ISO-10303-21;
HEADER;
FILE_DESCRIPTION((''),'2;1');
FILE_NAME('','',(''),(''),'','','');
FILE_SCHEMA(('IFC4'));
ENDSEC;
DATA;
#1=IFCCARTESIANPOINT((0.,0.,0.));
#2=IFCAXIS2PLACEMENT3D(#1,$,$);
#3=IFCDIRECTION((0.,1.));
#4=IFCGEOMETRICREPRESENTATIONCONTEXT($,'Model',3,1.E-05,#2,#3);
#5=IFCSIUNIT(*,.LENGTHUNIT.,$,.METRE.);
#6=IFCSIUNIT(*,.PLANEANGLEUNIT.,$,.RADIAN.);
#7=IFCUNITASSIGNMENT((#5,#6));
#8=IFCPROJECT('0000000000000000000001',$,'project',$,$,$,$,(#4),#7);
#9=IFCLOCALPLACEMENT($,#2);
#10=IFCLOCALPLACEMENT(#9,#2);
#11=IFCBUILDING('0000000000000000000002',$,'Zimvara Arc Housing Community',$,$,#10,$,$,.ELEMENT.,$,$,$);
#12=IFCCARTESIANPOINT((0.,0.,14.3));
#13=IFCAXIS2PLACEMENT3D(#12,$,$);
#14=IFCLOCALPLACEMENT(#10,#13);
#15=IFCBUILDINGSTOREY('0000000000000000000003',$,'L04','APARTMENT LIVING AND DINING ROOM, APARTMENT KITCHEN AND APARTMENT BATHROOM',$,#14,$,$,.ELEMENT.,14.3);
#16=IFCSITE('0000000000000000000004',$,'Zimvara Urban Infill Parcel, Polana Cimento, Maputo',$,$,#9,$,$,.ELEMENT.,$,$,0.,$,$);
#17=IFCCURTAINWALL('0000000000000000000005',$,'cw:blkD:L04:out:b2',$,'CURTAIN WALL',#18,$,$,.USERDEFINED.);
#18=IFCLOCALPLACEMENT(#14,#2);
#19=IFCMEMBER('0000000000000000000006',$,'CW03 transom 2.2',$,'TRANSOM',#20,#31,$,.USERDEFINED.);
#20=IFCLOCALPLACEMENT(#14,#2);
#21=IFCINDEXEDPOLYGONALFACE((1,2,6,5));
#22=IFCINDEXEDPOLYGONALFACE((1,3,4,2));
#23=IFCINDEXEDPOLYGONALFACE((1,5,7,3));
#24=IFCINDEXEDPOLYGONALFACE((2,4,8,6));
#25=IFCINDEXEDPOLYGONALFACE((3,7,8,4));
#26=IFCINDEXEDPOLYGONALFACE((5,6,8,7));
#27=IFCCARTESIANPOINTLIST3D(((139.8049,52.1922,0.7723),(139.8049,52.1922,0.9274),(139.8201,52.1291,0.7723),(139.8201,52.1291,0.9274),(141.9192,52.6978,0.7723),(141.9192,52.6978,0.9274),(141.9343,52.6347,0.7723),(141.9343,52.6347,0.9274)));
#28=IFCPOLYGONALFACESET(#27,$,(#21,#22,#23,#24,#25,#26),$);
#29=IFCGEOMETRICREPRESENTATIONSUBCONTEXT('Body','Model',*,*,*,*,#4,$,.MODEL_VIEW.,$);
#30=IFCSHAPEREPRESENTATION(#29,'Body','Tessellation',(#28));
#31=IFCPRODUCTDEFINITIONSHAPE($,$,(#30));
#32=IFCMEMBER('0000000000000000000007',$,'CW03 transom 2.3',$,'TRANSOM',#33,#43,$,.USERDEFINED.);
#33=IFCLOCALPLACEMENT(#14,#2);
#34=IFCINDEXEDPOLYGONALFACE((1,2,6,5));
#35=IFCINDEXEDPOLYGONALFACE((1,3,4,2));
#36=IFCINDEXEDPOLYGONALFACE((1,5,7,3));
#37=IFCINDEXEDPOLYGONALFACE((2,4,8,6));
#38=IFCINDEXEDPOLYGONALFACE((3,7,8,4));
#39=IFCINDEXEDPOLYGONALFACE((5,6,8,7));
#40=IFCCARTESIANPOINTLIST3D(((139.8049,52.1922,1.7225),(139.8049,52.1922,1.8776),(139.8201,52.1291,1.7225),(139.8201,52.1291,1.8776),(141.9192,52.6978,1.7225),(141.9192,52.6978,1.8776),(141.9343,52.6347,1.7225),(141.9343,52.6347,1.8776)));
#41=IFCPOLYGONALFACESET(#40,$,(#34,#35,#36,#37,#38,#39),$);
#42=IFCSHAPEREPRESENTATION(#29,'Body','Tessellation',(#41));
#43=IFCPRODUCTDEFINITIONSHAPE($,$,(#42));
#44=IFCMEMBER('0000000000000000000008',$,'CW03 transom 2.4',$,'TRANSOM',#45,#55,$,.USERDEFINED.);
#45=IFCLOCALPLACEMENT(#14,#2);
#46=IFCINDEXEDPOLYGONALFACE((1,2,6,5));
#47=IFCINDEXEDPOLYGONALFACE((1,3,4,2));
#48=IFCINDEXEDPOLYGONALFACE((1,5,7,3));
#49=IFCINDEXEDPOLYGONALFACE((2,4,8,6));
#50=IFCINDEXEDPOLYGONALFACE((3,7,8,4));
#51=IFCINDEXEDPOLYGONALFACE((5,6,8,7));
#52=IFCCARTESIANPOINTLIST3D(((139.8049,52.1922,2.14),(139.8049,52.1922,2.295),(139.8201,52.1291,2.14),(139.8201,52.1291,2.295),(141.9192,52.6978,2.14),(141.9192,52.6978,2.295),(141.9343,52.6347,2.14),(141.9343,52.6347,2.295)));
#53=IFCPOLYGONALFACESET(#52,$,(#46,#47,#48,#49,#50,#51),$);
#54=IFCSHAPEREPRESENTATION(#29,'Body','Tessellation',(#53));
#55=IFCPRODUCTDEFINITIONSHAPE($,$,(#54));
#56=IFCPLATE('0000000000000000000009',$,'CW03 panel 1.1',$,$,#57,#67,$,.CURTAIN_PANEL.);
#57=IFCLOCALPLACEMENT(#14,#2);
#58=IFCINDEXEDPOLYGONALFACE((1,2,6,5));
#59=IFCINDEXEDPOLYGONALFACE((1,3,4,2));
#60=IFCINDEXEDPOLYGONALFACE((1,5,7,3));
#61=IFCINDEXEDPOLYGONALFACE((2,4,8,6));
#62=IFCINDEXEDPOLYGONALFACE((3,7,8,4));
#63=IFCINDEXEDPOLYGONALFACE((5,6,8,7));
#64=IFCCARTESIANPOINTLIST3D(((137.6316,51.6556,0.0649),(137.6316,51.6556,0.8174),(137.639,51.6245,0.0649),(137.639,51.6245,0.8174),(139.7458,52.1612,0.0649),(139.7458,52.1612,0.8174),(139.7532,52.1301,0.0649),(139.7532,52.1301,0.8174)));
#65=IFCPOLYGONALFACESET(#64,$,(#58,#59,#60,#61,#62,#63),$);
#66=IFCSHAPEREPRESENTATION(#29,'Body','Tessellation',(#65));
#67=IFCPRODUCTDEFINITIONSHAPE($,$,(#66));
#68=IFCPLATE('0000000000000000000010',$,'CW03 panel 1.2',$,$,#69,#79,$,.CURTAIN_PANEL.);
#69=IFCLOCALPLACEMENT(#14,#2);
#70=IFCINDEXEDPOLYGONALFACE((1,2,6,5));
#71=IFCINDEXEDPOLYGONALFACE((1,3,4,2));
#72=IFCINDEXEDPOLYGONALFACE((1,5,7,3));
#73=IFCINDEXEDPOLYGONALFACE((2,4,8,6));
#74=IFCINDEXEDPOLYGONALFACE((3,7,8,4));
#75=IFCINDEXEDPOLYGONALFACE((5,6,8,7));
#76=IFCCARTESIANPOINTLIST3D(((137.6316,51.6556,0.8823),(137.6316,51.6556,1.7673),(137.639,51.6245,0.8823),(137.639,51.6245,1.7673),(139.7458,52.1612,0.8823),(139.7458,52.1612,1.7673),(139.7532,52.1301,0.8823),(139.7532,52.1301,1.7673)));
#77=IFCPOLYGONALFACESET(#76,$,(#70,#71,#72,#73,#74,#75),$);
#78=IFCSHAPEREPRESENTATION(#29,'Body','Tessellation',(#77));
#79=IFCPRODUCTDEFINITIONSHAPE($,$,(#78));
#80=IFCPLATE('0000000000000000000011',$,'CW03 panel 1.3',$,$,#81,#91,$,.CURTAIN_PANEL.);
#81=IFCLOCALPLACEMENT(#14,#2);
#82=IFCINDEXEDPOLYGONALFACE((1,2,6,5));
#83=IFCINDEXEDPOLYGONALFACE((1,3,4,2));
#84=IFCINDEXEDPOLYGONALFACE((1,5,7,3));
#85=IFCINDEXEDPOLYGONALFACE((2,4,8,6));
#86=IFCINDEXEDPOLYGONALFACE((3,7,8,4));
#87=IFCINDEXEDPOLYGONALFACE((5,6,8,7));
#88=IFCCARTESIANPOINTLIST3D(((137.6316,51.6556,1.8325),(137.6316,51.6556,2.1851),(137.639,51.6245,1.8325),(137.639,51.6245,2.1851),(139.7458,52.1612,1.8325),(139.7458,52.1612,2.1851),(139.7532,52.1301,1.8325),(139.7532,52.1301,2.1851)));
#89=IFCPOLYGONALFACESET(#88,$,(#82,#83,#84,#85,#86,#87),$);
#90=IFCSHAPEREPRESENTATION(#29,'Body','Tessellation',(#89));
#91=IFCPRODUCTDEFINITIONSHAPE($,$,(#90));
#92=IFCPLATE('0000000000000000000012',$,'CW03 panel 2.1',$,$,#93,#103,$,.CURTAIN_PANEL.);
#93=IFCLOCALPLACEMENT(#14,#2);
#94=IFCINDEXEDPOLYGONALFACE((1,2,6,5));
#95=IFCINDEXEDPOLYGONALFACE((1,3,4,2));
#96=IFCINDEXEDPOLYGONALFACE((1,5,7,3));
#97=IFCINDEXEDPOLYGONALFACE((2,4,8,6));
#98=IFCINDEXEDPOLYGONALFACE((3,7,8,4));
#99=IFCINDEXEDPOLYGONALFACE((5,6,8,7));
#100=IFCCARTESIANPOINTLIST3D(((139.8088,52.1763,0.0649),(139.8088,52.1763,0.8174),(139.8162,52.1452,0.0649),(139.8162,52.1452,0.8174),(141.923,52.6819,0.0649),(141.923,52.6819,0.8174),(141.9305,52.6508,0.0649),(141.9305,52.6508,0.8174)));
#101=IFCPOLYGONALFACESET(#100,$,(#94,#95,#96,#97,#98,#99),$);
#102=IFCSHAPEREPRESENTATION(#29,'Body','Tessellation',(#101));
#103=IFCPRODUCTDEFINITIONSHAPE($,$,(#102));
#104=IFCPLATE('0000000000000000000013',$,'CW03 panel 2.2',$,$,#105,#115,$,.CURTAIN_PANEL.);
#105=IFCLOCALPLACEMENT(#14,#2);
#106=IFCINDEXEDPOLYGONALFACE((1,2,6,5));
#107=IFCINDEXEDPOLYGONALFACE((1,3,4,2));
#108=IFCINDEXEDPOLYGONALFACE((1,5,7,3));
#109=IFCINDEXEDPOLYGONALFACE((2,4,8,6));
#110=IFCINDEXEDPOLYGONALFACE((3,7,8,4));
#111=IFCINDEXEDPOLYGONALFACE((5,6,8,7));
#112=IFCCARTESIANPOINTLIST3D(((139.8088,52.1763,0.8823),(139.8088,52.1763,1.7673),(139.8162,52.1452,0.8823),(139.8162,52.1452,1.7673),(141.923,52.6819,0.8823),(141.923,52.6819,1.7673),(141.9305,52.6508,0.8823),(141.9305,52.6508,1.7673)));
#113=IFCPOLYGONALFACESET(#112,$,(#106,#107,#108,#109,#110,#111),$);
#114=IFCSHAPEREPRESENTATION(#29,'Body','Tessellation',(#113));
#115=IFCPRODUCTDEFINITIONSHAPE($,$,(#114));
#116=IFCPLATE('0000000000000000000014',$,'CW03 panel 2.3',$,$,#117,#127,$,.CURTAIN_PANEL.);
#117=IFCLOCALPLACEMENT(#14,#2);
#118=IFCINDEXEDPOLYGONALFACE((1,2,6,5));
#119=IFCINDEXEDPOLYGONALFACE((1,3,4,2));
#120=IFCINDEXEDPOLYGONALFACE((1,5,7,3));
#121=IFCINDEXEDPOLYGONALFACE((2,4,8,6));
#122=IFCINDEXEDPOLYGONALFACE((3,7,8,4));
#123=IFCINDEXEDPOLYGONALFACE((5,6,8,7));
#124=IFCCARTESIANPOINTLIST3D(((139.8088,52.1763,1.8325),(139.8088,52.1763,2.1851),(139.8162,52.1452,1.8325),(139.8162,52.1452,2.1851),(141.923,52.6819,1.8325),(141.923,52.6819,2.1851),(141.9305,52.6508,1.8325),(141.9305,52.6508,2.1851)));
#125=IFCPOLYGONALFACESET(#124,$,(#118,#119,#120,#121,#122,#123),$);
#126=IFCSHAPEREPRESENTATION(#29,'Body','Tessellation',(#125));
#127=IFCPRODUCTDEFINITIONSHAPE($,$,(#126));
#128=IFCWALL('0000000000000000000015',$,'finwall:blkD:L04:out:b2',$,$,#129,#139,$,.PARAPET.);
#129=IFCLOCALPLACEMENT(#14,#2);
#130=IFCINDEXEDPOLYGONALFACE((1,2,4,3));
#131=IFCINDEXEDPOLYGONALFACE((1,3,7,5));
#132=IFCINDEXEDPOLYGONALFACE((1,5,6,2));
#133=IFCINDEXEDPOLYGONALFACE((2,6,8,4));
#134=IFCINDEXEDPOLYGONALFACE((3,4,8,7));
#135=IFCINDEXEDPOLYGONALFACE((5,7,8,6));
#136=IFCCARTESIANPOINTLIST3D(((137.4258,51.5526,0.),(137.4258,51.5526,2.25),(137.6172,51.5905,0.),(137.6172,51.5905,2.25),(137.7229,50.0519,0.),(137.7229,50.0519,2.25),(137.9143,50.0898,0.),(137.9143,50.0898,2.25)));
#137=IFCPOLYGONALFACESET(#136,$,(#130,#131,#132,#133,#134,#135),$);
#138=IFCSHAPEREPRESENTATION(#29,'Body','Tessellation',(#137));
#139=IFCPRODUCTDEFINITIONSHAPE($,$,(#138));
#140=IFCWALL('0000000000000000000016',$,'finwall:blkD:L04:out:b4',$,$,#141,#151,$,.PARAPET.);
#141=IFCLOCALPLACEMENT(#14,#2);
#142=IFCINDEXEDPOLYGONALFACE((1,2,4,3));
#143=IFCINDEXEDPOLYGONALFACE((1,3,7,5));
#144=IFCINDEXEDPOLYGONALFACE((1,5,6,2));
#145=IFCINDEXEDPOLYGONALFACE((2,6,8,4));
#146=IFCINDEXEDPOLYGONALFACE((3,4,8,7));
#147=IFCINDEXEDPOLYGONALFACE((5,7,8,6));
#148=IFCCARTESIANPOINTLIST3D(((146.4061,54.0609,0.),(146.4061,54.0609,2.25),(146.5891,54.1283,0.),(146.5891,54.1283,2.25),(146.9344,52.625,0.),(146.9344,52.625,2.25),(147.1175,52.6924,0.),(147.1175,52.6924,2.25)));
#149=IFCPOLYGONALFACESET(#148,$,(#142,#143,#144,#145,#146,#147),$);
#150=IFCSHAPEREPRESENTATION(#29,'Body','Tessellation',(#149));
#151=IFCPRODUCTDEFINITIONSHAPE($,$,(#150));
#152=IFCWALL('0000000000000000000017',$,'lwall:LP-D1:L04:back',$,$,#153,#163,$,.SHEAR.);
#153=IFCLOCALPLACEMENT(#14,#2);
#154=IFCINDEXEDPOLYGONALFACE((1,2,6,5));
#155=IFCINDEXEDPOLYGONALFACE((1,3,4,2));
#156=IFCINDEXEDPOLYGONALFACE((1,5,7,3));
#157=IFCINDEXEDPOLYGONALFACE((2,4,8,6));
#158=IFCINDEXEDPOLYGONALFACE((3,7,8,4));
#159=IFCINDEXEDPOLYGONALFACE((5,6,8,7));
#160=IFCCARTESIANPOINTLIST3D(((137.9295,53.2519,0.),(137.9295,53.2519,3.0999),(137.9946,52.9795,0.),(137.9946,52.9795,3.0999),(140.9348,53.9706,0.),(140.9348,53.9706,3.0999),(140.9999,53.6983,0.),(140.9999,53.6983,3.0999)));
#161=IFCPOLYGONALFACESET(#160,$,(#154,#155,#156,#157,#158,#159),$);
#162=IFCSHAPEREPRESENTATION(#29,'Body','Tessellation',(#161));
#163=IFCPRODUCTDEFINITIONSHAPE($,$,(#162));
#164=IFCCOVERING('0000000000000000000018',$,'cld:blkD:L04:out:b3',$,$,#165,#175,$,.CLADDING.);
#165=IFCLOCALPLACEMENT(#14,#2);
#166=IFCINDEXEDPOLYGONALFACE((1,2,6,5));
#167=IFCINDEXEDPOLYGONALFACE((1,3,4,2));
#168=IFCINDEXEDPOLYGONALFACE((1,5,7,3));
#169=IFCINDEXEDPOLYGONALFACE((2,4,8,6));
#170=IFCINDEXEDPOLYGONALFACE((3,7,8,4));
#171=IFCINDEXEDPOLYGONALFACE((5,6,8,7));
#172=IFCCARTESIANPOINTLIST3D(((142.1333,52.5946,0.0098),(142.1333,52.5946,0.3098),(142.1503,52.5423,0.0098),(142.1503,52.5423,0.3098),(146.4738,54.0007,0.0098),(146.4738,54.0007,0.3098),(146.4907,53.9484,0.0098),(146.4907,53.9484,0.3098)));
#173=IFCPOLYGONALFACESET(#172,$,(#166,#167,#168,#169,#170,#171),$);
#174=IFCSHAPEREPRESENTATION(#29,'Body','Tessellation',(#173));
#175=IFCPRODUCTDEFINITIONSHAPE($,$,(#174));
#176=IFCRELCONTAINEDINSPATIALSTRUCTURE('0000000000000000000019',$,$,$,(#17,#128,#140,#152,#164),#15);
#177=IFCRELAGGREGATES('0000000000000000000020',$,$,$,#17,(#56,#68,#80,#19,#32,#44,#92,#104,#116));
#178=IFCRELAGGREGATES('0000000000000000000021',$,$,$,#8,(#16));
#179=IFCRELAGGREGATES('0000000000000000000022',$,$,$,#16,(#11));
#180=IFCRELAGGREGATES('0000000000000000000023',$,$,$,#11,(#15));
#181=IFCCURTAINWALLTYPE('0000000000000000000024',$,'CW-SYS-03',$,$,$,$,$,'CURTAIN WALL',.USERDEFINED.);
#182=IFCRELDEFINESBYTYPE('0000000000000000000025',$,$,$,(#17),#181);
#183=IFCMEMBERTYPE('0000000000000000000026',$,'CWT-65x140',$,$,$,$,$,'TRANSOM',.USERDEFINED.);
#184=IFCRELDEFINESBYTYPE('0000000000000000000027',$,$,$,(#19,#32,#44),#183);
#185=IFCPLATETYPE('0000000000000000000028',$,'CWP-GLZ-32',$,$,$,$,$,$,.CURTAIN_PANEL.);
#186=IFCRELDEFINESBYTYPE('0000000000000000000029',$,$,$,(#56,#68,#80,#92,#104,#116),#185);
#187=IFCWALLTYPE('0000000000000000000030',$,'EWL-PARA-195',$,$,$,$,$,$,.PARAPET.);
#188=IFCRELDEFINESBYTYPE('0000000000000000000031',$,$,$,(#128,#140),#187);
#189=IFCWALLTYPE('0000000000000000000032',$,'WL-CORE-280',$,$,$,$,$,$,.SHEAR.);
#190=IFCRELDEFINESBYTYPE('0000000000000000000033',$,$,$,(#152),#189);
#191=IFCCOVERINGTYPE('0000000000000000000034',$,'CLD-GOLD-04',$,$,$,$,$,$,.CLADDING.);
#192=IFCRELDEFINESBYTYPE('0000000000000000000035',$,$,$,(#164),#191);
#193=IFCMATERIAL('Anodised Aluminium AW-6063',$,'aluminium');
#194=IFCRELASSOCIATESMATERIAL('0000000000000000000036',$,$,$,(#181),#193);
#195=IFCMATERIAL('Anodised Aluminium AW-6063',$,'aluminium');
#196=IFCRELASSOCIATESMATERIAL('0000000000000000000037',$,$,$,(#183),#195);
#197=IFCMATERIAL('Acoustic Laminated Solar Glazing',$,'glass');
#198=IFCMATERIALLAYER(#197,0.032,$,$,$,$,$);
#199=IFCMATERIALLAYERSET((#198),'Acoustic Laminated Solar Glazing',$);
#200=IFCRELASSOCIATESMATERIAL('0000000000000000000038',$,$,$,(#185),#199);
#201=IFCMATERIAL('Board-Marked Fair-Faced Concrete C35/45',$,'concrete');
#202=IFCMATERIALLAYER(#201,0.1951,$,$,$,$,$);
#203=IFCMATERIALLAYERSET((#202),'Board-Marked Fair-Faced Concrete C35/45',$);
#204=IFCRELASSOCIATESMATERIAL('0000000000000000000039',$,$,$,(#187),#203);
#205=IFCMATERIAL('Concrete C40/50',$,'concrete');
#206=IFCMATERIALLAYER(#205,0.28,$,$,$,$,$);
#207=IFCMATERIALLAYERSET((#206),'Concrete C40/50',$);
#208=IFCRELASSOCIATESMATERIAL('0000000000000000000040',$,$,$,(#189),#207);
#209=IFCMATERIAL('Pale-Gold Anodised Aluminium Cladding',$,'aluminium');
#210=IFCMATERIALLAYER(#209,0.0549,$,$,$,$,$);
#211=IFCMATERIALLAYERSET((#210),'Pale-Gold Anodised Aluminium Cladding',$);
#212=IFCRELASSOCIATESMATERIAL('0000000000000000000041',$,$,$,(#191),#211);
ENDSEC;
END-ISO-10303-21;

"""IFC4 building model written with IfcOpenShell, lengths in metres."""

from ifc_helpers import new_model, si_unit, direction, frame, frame_2d, origin, origin_2d, place, context, subcontext, project, spatial, rectangle, extrude, material, layer, layer_set, material_profile, profile_set, type_object, element, aggregate, save


model = new_model("IFC4")

# Units and contexts
model_context = context("Model", 3, precision=1e-05, world=origin(), true_north=direction((0.0, 1.0)))
body_context = subcontext(model_context, "Body", "Model", "MODEL_VIEW")
ifc_project = project(units=[si_unit("LENGTHUNIT", "METRE"), si_unit("PLANEANGLEUNIT", "RADIAN")], contexts=[model_context])

# Site, building, storey
site_placement = place(None, origin())
site = spatial("IfcSite", under=ifc_project, at=site_placement, Name="Zimvara Urban Infill Parcel, Polana Cimento, Maputo", CompositionType="ELEMENT", RefElevation=0.0)
building_placement = place(site_placement, origin())
building = spatial("IfcBuilding", under=site, at=building_placement, Name="Zimvara Arc Housing Community", CompositionType="ELEMENT")
storey_placement = place(building_placement, frame((0.0, 0.0, 14.3)))
storey = spatial("IfcBuildingStorey", under=building, at=storey_placement, Name="L04", Description="APARTMENT LIVING AND DINING ROOM, APARTMENT KITCHEN AND APARTMENT BATHROOM", CompositionType="ELEMENT", Elevation=14.3)

# Curtain wall, members, plates
ifc_material_1 = material(Name="Anodised Aluminium AW-6063", Category="aluminium")
curtain_wall_type = type_object("IfcCurtainWallType", Name="CW-SYS-03", ElementType="CURTAIN WALL", PredefinedType="USERDEFINED", material=ifc_material_1)
curtain_wall_placement = place(storey_placement, origin())
curtain_wall = element("IfcCurtainWall", 1, at=curtain_wall_placement, inside=storey, type_object=curtain_wall_type, Name="cw:blkD:L04:out:b2", ObjectType="CURTAIN WALL", PredefinedType="USERDEFINED")
ifc_material_2 = material(Name="Anodised Aluminium AW-6063", Category="aluminium")
ifc_material_profile_1 = material_profile(ifc_material_2, rectangle(XDim=0.0649, YDim=0.155, at=origin_2d()), Name="ALU 65x155")
ifc_profile_set_1 = profile_set([ifc_material_profile_1], Name="Anodised Aluminium AW-6063")
member_type_1 = type_object("IfcMemberType", Name="CWT-65x140", ElementType="TRANSOM", PredefinedType="USERDEFINED", material=ifc_profile_set_1)
member_1_placement = place(storey_placement, frame((139.8125, 52.1606, 0.8499), z_axis=(0.972576, 0.232587, 0.0), x_axis=(-0.232587, 0.972576, 0.0)))
member_1 = element("IfcMember", 2, at=member_1_placement, type_object=member_type_1, Name="CW03 transom 2.2", ObjectType="TRANSOM", PredefinedType="USERDEFINED", context=body_context, shape_type="SweptSolid", body=[
    extrude(rectangle(XDim=0.0649, YDim=0.155, at=origin_2d()), origin(), (0.0, 0.0, 1.0), 2.1738),
])
member_2_placement = place(storey_placement, frame((139.8125, 52.1606, 1.8), z_axis=(0.972576, 0.232587, 0.0), x_axis=(-0.232587, 0.972576, 0.0)))
member_2 = element("IfcMember", 3, at=member_2_placement, type_object=member_type_1, Name="CW03 transom 2.3", ObjectType="TRANSOM", PredefinedType="USERDEFINED", context=body_context, shape_type="SweptSolid", body=[
    extrude(rectangle(XDim=0.0649, YDim=0.155, at=origin_2d()), origin(), (0.0, 0.0, 1.0), 2.1738),
])
member_3_placement = place(storey_placement, frame((139.8125, 52.1606, 2.2175), z_axis=(0.972576, 0.232587, 0.0), x_axis=(-0.232587, 0.972576, 0.0)))
member_3 = element("IfcMember", 4, at=member_3_placement, type_object=member_type_1, Name="CW03 transom 2.4", ObjectType="TRANSOM", PredefinedType="USERDEFINED", context=body_context, shape_type="SweptSolid", body=[
    extrude(rectangle(XDim=0.0649, YDim=0.155, at=origin_2d()), origin(), (0.0, 0.0, 1.0), 2.1738),
])
ifc_material_3 = material(Name="Acoustic Laminated Solar Glazing", Category="glass")
ifc_layer_1 = layer(ifc_material_3, 0.032)
ifc_layer_set_1 = layer_set([ifc_layer_1], Name="Acoustic Laminated Solar Glazing")
plate_type = type_object("IfcPlateType", Name="CWP-GLZ-32", PredefinedType="CURTAIN_PANEL", material=ifc_layer_set_1)
plate_1_placement = place(storey_placement, frame((138.6924, 51.8928, 0.0649), z_axis=(0.0, 0.0, 1.0), x_axis=(0.972573, 0.232597, 0.0)))
plate_1 = element("IfcPlate", 5, at=plate_1_placement, type_object=plate_type, Name="CW03 panel 1.1", PredefinedType="CURTAIN_PANEL", context=body_context, shape_type="SweptSolid", body=[
    extrude(rectangle(XDim=2.1738, YDim=0.032, at=origin_2d()), origin(), (0.0, 0.0, 1.0), 0.7524),
])
plate_2_placement = place(storey_placement, frame((138.6924, 51.8928, 0.8823), z_axis=(0.0, 0.0, 1.0), x_axis=(0.972573, 0.232597, 0.0)))
plate_2 = element("IfcPlate", 6, at=plate_2_placement, type_object=plate_type, Name="CW03 panel 1.2", PredefinedType="CURTAIN_PANEL", context=body_context, shape_type="SweptSolid", body=[
    extrude(rectangle(XDim=2.1738, YDim=0.032, at=origin_2d()), origin(), (0.0, 0.0, 1.0), 0.885),
])
plate_3_placement = place(storey_placement, frame((138.6924, 51.8928, 1.8325), z_axis=(0.0, 0.0, 1.0), x_axis=(0.972573, 0.232597, 0.0)))
plate_3 = element("IfcPlate", 7, at=plate_3_placement, type_object=plate_type, Name="CW03 panel 1.3", PredefinedType="CURTAIN_PANEL", context=body_context, shape_type="SweptSolid", body=[
    extrude(rectangle(XDim=2.1738, YDim=0.032, at=origin_2d()), origin(), (0.0, 0.0, 1.0), 0.3525),
])
plate_4_placement = place(storey_placement, frame((140.8696, 52.4136, 0.0649), z_axis=(0.0, 0.0, 1.0), x_axis=(0.972573, 0.232597, 0.0)))
plate_4 = element("IfcPlate", 8, at=plate_4_placement, type_object=plate_type, Name="CW03 panel 2.1", PredefinedType="CURTAIN_PANEL", context=body_context, shape_type="SweptSolid", body=[
    extrude(rectangle(XDim=2.1738, YDim=0.032, at=origin_2d()), origin(), (0.0, 0.0, 1.0), 0.7524),
])
plate_5_placement = place(storey_placement, frame((140.8696, 52.4136, 0.8823), z_axis=(0.0, 0.0, 1.0), x_axis=(0.972573, 0.232597, 0.0)))
plate_5 = element("IfcPlate", 9, at=plate_5_placement, type_object=plate_type, Name="CW03 panel 2.2", PredefinedType="CURTAIN_PANEL", context=body_context, shape_type="SweptSolid", body=[
    extrude(rectangle(XDim=2.1738, YDim=0.032, at=origin_2d()), origin(), (0.0, 0.0, 1.0), 0.885),
])
plate_6_placement = place(storey_placement, frame((140.8696, 52.4136, 1.8325), z_axis=(0.0, 0.0, 1.0), x_axis=(0.972573, 0.232597, 0.0)))
plate_6 = element("IfcPlate", 10, at=plate_6_placement, type_object=plate_type, Name="CW03 panel 2.3", PredefinedType="CURTAIN_PANEL", context=body_context, shape_type="SweptSolid", body=[
    extrude(rectangle(XDim=2.1738, YDim=0.032, at=origin_2d()), origin(), (0.0, 0.0, 1.0), 0.3525),
])
aggregate(curtain_wall, [plate_1, plate_2, plate_3, member_1, member_2, member_3, plate_4, plate_5, plate_6])

# Walls
ifc_material_4 = material(Name="Board-Marked Fair-Faced Concrete C35/45", Category="concrete")
ifc_layer_2 = layer(ifc_material_4, 0.1951)
ifc_layer_set_2 = layer_set([ifc_layer_2], Name="Board-Marked Fair-Faced Concrete C35/45")
wall_type_1 = type_object("IfcWallType", Name="EWL-PARA-195", PredefinedType="PARAPET", material=ifc_layer_set_2)
wall_1_placement = place(storey_placement, frame((137.5215, 51.5715, 0.0), z_axis=(0.0, 0.0, 1.0), x_axis=(0.194213, -0.980959, 0.0)))
element("IfcWall", 11, at=wall_1_placement, inside=storey, type_object=wall_type_1, Name="finwall:blkD:L04:out:b2", PredefinedType="PARAPET", context=body_context, shape_type="SweptSolid", body=[
    extrude(rectangle(XDim=1.5298, YDim=0.1951, at=frame_2d((0.7649, 0.0))), origin(), (0.0, 0.0, 1.0), 2.25),
])
wall_2_placement = place(storey_placement, frame((146.4976, 54.0947, 0.0), z_axis=(0.0, 0.0, 1.0), x_axis=(0.345328, -0.938482, 0.0)))
element("IfcWall", 12, at=wall_2_placement, inside=storey, type_object=wall_type_1, Name="finwall:blkD:L04:out:b4", PredefinedType="PARAPET", context=body_context, shape_type="SweptSolid", body=[
    extrude(rectangle(XDim=1.53, YDim=0.1951, at=frame_2d((0.7651, 0.0))), origin(), (0.0, 0.0, 1.0), 2.25),
])

# Wall
ifc_material_5 = material(Name="Concrete C40/50", Category="concrete")
ifc_layer_3 = layer(ifc_material_5, 0.28)
ifc_layer_set_3 = layer_set([ifc_layer_3], Name="Concrete C40/50")
wall_type_2 = type_object("IfcWallType", Name="WL-CORE-280", PredefinedType="SHEAR", material=ifc_layer_set_3)
wall_3_placement = place(storey_placement, frame((137.9622, 53.1157, 0.0), z_axis=(0.0, 0.0, 1.0), x_axis=(0.972573, 0.232596, 0.0)))
element("IfcWall", 13, at=wall_3_placement, inside=storey, type_object=wall_type_2, Name="lwall:LP-D1:L04:back", PredefinedType="SHEAR", context=body_context, shape_type="SweptSolid", body=[
    extrude(rectangle(XDim=3.0901, YDim=0.28, at=frame_2d((1.5449, 0.0))), origin(), (0.0, 0.0, 1.0), 3.0999),
])

# Covering
ifc_material_6 = material(Name="Pale-Gold Anodised Aluminium Cladding", Category="aluminium")
ifc_layer_4 = layer(ifc_material_6, 0.0549)
ifc_layer_set_4 = layer_set([ifc_layer_4], Name="Pale-Gold Anodised Aluminium Cladding")
covering_type = type_object("IfcCoveringType", Name="CLD-GOLD-04", PredefinedType="CLADDING", material=ifc_layer_set_4)
covering_placement = place(storey_placement, frame((144.312, 53.2715, 0.0098), z_axis=(0.0, 0.0, 1.0), x_axis=(0.951326, 0.308187, 0.0)))
element("IfcCovering", 14, at=covering_placement, inside=storey, type_object=covering_type, Name="cld:blkD:L04:out:b3", PredefinedType="CLADDING", context=body_context, shape_type="SweptSolid", body=[
    extrude(rectangle(XDim=4.5625, YDim=0.0549, at=origin_2d()), origin(), (0.0, 0.0, 1.0), 0.3),
])

save(model, "model.ifc")
